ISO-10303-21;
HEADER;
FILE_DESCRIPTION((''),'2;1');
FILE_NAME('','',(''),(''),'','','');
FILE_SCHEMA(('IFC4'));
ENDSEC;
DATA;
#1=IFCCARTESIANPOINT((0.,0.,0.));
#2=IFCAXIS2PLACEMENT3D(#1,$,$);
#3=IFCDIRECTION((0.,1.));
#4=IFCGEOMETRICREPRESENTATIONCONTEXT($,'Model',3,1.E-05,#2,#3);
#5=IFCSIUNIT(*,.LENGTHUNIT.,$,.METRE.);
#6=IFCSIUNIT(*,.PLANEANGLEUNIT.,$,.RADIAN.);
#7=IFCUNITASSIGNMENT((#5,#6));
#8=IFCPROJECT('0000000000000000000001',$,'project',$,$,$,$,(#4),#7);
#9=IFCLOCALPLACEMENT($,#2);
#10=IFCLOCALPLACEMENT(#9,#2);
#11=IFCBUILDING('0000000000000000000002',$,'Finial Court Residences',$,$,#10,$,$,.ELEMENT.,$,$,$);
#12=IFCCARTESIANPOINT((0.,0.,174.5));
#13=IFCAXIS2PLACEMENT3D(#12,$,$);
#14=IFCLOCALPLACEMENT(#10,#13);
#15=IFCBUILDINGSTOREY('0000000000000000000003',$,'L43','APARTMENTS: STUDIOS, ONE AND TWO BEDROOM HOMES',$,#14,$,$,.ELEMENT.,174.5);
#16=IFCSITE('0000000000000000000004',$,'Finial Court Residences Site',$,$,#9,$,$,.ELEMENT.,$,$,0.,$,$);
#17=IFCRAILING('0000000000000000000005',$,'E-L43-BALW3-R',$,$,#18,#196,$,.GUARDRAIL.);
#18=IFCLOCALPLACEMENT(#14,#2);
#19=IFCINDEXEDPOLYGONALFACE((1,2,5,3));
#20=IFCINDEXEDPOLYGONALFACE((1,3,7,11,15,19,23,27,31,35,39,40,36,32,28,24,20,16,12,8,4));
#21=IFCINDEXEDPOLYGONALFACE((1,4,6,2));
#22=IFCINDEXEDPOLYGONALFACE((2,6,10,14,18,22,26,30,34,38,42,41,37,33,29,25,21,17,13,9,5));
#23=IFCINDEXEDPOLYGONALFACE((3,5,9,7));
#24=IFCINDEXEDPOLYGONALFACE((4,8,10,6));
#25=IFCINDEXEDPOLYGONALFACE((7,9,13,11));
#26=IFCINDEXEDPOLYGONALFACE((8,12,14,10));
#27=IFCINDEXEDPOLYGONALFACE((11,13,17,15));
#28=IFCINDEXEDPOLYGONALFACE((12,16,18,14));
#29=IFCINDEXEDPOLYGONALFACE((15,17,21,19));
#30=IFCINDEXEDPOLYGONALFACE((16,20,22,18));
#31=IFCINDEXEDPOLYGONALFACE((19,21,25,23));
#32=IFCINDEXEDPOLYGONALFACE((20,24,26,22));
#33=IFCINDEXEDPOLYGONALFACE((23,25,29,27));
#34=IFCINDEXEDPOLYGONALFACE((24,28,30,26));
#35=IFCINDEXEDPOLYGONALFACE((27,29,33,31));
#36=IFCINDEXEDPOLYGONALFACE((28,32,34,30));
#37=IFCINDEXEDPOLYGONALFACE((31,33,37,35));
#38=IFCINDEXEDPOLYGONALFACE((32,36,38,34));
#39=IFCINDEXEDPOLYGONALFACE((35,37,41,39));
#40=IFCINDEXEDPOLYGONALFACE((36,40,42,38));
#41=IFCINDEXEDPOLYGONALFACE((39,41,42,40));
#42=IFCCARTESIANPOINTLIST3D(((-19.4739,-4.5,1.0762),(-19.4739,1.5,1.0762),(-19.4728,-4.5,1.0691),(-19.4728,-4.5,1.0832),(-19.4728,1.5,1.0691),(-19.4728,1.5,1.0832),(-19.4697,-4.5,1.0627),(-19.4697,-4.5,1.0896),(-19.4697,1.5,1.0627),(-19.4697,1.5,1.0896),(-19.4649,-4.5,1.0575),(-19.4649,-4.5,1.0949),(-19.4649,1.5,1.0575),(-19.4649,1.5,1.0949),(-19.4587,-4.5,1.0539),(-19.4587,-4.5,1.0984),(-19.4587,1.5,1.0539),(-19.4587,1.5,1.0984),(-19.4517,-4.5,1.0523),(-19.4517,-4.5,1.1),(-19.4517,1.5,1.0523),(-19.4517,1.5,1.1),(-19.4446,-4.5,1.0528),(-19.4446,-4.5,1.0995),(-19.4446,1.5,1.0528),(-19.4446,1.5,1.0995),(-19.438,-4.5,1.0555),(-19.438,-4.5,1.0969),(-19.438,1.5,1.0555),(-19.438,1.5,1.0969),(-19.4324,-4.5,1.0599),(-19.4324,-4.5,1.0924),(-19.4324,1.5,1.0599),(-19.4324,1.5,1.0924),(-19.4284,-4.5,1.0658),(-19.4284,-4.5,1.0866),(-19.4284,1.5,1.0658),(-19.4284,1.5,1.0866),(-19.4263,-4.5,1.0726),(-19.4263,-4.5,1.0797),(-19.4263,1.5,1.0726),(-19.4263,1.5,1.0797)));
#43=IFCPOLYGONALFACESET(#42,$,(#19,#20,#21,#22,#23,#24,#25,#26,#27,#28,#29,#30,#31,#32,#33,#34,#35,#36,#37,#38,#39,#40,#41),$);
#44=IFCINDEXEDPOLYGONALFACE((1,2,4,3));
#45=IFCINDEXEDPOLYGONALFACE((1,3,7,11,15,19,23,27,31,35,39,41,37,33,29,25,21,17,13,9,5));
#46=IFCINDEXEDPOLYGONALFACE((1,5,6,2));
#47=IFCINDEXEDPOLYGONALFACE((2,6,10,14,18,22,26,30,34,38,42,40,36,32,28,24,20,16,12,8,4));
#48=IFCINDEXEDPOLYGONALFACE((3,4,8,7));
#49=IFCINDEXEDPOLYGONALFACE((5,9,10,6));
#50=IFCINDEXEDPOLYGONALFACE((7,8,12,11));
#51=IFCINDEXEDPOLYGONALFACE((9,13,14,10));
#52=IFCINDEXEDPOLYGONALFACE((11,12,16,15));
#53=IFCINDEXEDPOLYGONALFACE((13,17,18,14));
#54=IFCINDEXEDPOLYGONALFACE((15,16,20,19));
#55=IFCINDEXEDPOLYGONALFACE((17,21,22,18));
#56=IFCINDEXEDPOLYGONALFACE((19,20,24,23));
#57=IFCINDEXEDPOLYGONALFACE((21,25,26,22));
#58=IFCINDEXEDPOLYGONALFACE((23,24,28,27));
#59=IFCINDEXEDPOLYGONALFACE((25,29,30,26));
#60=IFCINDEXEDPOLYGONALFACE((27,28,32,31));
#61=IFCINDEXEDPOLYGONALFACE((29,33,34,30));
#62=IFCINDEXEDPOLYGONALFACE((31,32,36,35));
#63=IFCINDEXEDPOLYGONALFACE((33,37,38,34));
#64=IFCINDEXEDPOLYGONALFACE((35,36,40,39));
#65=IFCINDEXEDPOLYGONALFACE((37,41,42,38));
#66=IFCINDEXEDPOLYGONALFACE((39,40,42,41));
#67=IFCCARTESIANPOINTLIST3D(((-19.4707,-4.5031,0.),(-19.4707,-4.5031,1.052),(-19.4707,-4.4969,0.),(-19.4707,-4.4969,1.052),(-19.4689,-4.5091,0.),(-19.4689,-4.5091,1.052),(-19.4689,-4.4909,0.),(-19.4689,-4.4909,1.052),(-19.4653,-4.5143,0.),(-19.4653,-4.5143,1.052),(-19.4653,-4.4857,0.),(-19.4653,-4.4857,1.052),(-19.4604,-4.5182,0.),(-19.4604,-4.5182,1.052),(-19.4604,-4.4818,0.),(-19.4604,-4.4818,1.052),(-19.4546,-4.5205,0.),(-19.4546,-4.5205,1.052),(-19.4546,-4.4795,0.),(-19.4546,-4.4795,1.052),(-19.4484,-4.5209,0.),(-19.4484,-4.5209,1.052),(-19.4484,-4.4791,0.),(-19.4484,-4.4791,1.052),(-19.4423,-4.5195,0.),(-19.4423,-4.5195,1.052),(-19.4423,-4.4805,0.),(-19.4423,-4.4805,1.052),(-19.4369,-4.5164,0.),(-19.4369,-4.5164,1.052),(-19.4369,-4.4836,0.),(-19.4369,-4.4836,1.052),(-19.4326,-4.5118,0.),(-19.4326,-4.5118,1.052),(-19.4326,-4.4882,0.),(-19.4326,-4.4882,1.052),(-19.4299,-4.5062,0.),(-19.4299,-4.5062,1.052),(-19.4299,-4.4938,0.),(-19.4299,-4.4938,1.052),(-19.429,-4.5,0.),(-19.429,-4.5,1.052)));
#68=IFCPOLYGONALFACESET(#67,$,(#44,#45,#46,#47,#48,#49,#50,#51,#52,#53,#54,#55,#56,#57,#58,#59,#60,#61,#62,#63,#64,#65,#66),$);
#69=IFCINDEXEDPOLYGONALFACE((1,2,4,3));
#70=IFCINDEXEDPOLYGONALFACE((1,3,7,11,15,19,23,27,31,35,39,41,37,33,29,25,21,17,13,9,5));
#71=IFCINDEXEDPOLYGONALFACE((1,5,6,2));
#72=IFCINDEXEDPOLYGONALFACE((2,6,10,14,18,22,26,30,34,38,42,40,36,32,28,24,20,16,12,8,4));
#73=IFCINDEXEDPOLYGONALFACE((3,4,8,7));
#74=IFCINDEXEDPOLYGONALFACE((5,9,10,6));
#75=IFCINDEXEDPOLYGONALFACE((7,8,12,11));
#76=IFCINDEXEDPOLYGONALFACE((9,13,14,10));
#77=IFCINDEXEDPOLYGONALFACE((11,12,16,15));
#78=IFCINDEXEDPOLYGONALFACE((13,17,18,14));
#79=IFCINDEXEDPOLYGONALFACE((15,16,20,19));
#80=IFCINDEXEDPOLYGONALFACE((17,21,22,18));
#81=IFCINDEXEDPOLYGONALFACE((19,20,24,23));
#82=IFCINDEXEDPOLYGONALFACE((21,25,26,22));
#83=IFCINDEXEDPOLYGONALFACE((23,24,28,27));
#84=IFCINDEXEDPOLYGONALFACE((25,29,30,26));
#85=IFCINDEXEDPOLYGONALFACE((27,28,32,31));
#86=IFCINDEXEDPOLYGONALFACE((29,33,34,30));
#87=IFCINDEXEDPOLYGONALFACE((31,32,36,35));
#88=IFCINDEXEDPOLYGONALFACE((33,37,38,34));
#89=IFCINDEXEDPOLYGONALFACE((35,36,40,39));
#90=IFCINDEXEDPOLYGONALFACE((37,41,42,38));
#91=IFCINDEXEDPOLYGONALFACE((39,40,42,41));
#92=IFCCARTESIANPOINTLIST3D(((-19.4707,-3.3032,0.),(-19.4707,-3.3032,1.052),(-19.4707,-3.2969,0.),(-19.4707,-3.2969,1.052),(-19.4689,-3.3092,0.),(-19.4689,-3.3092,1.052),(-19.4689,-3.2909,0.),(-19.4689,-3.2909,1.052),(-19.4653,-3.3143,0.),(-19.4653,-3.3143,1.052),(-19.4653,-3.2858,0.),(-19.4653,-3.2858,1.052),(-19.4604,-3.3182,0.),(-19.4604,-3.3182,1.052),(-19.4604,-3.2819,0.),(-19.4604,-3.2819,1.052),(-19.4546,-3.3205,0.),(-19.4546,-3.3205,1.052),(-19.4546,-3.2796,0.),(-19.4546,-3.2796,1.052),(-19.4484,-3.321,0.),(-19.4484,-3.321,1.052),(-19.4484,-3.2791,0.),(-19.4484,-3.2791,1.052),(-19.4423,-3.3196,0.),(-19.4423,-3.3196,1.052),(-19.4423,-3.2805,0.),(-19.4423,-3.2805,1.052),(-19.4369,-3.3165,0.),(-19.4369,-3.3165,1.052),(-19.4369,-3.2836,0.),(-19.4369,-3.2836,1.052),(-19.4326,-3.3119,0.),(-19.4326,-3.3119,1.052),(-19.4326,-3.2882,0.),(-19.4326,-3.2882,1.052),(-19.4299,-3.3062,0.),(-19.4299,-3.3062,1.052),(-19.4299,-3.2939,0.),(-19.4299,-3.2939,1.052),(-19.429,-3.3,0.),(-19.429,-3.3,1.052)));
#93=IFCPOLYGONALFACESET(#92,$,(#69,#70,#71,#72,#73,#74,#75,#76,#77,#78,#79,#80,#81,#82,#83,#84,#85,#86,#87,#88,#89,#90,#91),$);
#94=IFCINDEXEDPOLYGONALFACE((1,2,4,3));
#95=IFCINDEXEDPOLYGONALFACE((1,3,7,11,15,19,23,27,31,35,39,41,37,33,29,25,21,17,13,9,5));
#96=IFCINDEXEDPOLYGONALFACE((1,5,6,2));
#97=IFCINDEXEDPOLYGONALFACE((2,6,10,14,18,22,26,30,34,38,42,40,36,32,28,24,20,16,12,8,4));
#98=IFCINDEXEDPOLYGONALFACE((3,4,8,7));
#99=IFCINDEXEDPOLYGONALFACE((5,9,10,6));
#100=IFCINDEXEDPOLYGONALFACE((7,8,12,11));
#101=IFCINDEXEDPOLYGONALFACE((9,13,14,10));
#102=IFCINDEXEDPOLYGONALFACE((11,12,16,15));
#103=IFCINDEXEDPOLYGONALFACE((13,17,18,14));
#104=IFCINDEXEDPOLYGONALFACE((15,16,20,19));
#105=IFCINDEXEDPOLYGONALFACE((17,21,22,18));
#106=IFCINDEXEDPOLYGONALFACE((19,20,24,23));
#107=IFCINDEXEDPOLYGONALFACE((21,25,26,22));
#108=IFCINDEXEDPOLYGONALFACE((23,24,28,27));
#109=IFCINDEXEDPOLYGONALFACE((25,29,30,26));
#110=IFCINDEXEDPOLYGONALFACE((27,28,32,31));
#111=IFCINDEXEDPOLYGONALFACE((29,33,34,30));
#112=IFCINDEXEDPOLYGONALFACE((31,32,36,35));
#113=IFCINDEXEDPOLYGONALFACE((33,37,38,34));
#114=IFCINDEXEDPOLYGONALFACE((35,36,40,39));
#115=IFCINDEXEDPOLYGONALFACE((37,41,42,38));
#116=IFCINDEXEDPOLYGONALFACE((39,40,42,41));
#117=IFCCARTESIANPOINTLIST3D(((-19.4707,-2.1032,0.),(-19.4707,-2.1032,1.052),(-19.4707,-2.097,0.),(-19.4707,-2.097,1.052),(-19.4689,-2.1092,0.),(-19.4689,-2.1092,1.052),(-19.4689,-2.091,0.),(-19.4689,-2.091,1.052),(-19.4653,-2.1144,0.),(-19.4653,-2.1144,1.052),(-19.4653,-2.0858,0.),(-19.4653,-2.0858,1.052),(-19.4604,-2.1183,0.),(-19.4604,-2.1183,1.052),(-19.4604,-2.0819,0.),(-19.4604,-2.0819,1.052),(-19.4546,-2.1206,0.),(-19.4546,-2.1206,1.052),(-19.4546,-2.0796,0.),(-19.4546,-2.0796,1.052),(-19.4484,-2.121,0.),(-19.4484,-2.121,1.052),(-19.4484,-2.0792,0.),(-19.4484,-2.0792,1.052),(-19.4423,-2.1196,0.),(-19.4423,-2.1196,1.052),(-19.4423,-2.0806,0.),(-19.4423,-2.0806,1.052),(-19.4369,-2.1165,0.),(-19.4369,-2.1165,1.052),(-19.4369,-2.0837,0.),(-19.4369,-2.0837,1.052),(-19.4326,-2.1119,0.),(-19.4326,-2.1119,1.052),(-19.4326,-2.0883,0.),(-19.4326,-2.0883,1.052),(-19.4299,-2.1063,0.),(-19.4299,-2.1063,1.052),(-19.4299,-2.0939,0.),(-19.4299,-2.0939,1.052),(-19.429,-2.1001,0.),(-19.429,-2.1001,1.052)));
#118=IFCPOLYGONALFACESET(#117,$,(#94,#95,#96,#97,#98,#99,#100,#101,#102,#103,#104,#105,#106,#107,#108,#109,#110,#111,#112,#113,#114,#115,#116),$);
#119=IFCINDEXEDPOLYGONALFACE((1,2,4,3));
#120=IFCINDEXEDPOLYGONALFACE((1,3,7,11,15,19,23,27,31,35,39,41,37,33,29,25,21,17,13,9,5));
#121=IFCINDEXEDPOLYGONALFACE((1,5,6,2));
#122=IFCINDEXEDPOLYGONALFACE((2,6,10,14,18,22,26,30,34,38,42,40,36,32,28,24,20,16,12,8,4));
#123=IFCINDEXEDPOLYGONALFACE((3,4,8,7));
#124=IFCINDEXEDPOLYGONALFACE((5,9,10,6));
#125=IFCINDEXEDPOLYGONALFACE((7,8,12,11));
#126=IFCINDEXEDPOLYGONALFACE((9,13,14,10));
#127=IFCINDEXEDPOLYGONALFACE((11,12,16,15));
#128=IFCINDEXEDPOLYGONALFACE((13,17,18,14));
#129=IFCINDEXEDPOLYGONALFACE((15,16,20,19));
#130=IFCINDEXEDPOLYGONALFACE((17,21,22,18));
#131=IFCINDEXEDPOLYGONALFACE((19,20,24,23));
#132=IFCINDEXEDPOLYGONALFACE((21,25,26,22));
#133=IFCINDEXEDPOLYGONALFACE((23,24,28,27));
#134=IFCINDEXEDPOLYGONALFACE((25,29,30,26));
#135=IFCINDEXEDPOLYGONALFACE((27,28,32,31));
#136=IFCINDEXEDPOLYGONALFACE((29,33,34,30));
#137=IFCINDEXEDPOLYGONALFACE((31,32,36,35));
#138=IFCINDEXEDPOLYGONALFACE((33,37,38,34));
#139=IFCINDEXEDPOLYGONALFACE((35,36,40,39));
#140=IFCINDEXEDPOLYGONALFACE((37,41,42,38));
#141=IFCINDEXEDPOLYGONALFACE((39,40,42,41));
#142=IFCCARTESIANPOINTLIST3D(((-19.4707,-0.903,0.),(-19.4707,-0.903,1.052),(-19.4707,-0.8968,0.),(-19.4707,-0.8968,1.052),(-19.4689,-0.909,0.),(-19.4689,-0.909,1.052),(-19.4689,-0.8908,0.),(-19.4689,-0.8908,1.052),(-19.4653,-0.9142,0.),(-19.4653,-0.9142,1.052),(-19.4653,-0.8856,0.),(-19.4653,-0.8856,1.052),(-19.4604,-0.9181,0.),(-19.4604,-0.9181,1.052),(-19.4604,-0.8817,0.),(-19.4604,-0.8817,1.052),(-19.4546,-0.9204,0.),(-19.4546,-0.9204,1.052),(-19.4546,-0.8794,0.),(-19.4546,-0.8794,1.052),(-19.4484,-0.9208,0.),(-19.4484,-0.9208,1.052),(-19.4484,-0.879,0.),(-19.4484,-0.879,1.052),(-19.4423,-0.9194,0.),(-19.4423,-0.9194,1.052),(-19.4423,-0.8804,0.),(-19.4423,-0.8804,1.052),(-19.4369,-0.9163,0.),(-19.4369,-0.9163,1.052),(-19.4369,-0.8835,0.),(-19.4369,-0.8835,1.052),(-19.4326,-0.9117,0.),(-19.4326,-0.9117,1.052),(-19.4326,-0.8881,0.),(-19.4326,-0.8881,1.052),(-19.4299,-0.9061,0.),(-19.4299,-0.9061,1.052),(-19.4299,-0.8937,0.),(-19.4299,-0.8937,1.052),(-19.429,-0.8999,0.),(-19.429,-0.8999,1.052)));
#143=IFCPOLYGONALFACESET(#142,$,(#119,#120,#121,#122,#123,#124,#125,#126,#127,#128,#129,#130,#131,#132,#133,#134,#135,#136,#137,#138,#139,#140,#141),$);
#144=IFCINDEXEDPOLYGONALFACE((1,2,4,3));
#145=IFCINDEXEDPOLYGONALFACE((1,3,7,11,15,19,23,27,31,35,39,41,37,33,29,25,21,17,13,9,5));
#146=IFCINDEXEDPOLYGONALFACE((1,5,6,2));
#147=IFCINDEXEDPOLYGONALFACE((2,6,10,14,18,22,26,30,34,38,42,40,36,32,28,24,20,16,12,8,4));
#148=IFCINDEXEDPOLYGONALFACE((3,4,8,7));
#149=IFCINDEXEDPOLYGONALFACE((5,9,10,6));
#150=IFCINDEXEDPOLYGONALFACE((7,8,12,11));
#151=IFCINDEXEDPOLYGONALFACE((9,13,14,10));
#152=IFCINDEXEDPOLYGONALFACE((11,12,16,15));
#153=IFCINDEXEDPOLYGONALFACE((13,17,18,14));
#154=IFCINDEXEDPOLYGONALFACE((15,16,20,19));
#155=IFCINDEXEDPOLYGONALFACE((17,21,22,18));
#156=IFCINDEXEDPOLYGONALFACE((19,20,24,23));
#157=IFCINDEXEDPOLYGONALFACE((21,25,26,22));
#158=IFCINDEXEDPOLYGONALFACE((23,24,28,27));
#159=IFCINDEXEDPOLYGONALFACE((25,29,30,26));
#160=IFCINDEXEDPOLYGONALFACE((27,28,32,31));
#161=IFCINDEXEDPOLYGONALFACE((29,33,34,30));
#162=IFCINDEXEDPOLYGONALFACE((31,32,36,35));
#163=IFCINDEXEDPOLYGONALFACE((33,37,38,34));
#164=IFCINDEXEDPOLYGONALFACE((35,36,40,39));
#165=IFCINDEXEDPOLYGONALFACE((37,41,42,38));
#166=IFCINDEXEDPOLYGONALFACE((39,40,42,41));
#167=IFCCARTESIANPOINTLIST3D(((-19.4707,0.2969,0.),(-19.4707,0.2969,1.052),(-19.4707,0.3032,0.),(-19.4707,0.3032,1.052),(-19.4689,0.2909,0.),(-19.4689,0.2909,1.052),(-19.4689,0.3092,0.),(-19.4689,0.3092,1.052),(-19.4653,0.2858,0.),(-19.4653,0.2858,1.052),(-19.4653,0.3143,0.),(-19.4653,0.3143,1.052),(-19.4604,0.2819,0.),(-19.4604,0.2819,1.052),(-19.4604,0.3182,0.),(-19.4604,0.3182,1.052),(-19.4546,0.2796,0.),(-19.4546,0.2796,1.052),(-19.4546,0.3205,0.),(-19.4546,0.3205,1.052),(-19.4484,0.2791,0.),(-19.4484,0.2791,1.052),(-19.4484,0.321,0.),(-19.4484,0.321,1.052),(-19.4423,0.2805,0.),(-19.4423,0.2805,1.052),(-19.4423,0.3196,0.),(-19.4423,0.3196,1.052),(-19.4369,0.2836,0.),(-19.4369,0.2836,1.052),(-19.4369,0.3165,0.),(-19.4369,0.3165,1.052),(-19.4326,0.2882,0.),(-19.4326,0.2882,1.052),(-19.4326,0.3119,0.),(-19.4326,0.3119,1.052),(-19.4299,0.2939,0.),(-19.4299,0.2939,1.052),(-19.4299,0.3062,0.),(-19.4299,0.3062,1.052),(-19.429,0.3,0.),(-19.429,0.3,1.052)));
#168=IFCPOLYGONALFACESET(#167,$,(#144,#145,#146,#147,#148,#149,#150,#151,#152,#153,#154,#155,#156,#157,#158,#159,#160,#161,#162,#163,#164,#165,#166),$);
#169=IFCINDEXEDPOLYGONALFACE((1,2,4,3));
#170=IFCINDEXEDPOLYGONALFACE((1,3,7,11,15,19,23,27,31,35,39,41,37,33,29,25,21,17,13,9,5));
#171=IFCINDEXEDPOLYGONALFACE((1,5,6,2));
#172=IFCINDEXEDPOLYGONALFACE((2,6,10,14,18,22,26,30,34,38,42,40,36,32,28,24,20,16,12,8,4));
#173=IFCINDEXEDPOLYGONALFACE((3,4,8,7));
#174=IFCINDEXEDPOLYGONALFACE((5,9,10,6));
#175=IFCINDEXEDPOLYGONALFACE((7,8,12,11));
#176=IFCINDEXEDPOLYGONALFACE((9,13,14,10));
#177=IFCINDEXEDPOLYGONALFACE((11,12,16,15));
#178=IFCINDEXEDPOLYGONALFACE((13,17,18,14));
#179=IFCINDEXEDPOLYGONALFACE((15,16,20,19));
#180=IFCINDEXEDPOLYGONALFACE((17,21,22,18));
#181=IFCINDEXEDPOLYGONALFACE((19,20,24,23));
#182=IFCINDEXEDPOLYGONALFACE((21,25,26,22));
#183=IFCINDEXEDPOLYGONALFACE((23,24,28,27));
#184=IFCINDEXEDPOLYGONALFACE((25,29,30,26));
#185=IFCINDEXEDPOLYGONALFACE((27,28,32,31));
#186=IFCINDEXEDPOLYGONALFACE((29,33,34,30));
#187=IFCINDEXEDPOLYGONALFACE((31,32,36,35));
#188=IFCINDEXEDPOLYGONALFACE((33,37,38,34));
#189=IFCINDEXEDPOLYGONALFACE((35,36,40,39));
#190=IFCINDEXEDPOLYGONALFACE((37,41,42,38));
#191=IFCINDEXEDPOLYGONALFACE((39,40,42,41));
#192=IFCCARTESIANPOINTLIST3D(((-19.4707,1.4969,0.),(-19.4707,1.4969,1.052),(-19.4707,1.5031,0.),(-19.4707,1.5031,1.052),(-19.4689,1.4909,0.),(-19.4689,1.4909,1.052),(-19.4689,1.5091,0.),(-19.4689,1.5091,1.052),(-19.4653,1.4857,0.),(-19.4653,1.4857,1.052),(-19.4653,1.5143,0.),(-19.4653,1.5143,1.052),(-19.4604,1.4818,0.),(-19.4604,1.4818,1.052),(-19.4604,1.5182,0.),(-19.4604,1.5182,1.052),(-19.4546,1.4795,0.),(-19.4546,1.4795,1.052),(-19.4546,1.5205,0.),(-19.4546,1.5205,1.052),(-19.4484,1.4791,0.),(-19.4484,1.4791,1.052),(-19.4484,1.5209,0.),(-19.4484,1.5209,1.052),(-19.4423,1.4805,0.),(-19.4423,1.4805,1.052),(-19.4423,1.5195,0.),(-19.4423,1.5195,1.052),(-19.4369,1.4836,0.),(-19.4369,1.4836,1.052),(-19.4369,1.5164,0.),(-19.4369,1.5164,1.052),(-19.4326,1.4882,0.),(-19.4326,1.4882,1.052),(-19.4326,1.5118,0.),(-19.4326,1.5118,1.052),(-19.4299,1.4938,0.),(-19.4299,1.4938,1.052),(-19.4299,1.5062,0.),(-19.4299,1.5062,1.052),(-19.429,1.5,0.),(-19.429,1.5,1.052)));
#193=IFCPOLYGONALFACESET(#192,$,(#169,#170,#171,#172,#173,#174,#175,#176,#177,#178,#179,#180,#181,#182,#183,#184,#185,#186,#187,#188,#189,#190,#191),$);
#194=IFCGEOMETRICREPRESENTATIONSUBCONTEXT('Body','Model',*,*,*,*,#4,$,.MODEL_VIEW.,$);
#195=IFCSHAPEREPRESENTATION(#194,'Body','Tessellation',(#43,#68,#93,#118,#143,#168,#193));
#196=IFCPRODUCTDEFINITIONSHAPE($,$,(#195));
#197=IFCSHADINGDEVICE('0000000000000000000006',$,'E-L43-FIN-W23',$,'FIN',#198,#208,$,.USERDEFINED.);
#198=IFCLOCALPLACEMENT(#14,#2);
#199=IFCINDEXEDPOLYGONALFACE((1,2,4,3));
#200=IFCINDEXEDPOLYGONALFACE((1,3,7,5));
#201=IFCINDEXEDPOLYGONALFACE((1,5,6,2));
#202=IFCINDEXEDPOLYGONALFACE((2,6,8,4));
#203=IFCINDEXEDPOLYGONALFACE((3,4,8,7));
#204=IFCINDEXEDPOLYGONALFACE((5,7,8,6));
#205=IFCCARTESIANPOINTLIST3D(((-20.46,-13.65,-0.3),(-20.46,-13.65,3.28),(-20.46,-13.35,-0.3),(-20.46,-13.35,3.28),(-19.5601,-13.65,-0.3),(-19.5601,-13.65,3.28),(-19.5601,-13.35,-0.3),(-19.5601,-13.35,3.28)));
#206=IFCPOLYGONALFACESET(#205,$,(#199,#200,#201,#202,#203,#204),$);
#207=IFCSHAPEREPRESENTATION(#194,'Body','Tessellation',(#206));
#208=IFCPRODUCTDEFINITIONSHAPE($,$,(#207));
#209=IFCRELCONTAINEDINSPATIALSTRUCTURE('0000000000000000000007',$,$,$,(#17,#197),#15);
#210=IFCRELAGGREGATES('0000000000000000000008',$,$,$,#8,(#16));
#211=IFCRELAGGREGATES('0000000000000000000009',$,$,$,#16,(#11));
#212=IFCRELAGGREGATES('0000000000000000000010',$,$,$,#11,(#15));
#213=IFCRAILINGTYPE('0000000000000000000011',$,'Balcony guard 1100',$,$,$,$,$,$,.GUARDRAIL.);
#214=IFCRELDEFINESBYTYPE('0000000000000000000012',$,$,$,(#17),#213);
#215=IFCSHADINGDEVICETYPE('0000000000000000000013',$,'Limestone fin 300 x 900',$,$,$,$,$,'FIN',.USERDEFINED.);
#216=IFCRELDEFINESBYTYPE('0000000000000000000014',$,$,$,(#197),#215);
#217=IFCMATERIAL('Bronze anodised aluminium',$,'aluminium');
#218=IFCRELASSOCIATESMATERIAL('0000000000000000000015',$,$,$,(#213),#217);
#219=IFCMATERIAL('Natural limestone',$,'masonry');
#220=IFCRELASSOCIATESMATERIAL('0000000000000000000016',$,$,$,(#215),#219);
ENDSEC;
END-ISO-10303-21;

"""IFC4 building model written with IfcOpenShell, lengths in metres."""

from ifc_helpers import new_model, si_unit, direction, frame, origin, origin_2d, place, context, subcontext, project, spatial, rectangle, circle, extrude, material, type_object, element, save


model = new_model("IFC4")

# Units and contexts
model_context = context("Model", 3, precision=1e-05, world=origin(), true_north=direction((0.0, 1.0)))
body_context = subcontext(model_context, "Body", "Model", "MODEL_VIEW")
ifc_project = project(units=[si_unit("LENGTHUNIT", "METRE"), si_unit("PLANEANGLEUNIT", "RADIAN")], contexts=[model_context])

# Site, building, storey
site_placement = place(None, origin())
site = spatial("IfcSite", under=ifc_project, at=site_placement, Name="Finial Court Residences Site", CompositionType="ELEMENT", RefElevation=0.0)
building_placement = place(site_placement, origin())
building = spatial("IfcBuilding", under=site, at=building_placement, Name="Finial Court Residences", CompositionType="ELEMENT")
storey_placement = place(building_placement, frame((0.0, 0.0, 174.5)))
storey = spatial("IfcBuildingStorey", under=building, at=storey_placement, Name="L43", Description="APARTMENTS: STUDIOS, ONE AND TWO BEDROOM HOMES", CompositionType="ELEMENT", Elevation=174.5)

# Shared definitions
ifc_material_1 = material(Name="Bronze anodised aluminium", Category="aluminium")

# Shared definitions
ifc_material_2 = material(Name="Natural limestone", Category="masonry")

# Railing
railing_type = type_object("IfcRailingType", Name="Balcony guard 1100", PredefinedType="GUARDRAIL", material=ifc_material_1)
railing_1_placement = place(storey_placement, frame((-19.45, -4.5, 0.0)))
element("IfcRailing", 1, at=railing_1_placement, inside=storey, type_object=railing_type, Name="E-L43-BALW3-R", PredefinedType="GUARDRAIL", context=body_context, shape_type="SweptSolid", body=[
    extrude(circle(Radius=0.0239, at=origin_2d()), frame((0.0, 0.0, 1.0762), z_axis=(0.0, 1.0, 0.0), x_axis=(-1.0, 0.0, 0.0)), (0.0, 0.0, 1.0), 6.0),
    extrude(circle(Radius=0.021, at=origin_2d()), origin(), (0.0, 0.0, 1.0), 1.052),
    extrude(circle(Radius=0.021, at=origin_2d()), frame((0.0, 1.2, 0.0)), (0.0, 0.0, 1.0), 1.052),
    extrude(circle(Radius=0.021, at=origin_2d()), frame((0.0, 2.3999, 0.0)), (0.0, 0.0, 1.0), 1.052),
    extrude(circle(Radius=0.021, at=origin_2d()), frame((0.0, 3.6001, 0.0)), (0.0, 0.0, 1.0), 1.052),
    extrude(circle(Radius=0.021, at=origin_2d()), frame((0.0, 4.8, 0.0)), (0.0, 0.0, 1.0), 1.052),
    extrude(circle(Radius=0.021, at=origin_2d()), frame((0.0, 6.0, 0.0)), (0.0, 0.0, 1.0), 1.052),
])

# Shading device
shading_device_type = type_object("IfcShadingDeviceType", Name="Limestone fin 300 x 900", ElementType="FIN", PredefinedType="USERDEFINED", material=ifc_material_2)
shading_device_1_placement = place(storey_placement, frame((-20.01, -13.5, -0.3), z_axis=(0.0, 0.0, 1.0), x_axis=(1.0, 0.0, 0.0)))
element("IfcShadingDevice", 2, at=shading_device_1_placement, inside=storey, type_object=shading_device_type, Name="E-L43-FIN-W23", ObjectType="FIN", PredefinedType="USERDEFINED", context=body_context, shape_type="SweptSolid", body=[
    extrude(rectangle(XDim=0.8999, YDim=0.3, at=origin_2d()), origin(), (0.0, 0.0, 1.0), 3.5801),
])

save(model, "model.ifc")
